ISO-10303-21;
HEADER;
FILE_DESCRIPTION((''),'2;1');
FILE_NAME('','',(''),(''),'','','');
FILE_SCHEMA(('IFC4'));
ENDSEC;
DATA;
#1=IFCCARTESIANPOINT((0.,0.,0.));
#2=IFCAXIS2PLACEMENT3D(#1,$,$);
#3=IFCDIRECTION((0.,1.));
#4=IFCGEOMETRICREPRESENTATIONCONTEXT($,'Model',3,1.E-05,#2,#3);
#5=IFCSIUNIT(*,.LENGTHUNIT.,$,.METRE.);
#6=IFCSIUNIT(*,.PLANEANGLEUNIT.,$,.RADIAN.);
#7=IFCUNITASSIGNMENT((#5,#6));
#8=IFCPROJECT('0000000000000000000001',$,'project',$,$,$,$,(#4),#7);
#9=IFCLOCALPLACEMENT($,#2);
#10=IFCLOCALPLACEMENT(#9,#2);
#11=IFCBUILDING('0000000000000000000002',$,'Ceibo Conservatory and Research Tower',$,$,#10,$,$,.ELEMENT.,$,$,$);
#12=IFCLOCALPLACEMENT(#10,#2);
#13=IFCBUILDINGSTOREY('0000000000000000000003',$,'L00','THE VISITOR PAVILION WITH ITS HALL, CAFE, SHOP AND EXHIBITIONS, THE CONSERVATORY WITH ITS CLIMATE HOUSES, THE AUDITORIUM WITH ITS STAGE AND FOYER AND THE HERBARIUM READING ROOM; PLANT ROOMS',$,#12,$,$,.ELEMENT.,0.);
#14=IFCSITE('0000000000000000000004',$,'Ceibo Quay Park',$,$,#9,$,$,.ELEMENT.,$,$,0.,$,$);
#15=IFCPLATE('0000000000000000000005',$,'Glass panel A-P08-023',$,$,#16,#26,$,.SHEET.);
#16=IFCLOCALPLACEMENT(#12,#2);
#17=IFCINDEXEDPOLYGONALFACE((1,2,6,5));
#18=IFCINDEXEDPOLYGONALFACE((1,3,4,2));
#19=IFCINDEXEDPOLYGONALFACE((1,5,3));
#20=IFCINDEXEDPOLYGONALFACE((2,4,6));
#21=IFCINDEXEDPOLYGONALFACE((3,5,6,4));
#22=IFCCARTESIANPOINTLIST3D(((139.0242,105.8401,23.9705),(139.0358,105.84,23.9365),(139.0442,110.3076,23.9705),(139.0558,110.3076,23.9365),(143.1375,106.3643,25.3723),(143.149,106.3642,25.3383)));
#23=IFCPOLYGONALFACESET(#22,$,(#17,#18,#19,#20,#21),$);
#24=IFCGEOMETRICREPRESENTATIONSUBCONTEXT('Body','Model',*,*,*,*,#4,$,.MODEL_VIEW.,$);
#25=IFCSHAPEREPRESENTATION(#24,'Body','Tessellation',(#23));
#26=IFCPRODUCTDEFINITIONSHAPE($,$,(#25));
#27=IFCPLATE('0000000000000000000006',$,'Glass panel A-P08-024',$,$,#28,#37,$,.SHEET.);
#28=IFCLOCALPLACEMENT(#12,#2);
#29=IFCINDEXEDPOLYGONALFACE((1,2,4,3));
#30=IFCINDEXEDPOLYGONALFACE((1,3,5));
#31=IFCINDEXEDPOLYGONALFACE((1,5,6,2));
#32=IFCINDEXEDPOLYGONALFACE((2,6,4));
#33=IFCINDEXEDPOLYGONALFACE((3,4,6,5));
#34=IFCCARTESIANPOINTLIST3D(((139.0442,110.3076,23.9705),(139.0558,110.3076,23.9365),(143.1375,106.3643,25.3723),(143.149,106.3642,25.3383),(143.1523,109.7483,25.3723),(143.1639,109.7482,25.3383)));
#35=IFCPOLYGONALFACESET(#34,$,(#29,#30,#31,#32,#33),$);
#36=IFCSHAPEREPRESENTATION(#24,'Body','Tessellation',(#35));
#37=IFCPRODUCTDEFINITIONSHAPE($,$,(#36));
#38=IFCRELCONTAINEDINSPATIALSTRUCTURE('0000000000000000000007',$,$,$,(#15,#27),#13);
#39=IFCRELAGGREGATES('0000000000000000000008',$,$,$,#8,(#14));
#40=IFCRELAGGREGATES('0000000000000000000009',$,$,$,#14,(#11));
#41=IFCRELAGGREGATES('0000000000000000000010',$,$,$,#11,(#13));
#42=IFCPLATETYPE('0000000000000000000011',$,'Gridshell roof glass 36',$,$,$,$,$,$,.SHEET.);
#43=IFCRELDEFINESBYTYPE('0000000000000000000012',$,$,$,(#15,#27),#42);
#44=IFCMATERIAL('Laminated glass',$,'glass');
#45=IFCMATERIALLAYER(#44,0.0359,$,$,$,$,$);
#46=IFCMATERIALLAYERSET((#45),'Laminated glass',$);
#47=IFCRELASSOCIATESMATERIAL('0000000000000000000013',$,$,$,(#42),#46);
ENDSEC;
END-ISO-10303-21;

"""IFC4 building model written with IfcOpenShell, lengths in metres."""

from ifc_helpers import new_model, si_unit, direction, frame, origin, place, context, subcontext, project, spatial, polyline, outline, extrude, material, layer, layer_set, type_object, element, save


model = new_model("IFC4")

# Units and contexts
model_context = context("Model", 3, precision=1e-05, world=origin(), true_north=direction((0.0, 1.0)))
body_context = subcontext(model_context, "Body", "Model", "MODEL_VIEW")
ifc_project = project(units=[si_unit("LENGTHUNIT", "METRE"), si_unit("PLANEANGLEUNIT", "RADIAN")], contexts=[model_context])

# Site, building, storey
site_placement = place(None, origin())
site = spatial("IfcSite", under=ifc_project, at=site_placement, Name="Ceibo Quay Park", CompositionType="ELEMENT", RefElevation=0.0)
building_placement = place(site_placement, origin())
building = spatial("IfcBuilding", under=site, at=building_placement, Name="Ceibo Conservatory and Research Tower", CompositionType="ELEMENT")
storey_placement = place(building_placement, origin())
storey = spatial("IfcBuildingStorey", under=building, at=storey_placement, Name="L00", Description="THE VISITOR PAVILION WITH ITS HALL, CAFE, SHOP AND EXHIBITIONS, THE CONSERVATORY WITH ITS CLIMATE HOUSES, THE AUDITORIUM WITH ITS STAGE AND FOYER AND THE HERBARIUM READING ROOM; PLANT ROOMS", CompositionType="ELEMENT", Elevation=0.0)

# Plates
ifc_material_1 = material(Name="Laminated glass", Category="glass")
ifc_layer = layer(ifc_material_1, 0.0359)
ifc_layer_set = layer_set([ifc_layer], Name="Laminated glass")
plate_type = type_object("IfcPlateType", Name="Gridshell roof glass 36", PredefinedType="SHEET", material=ifc_layer_set)
plate_1_placement = place(storey_placement, frame((139.0442, 110.3076, 23.9705), z_axis=(-0.322756, 0.001446, 0.946481), x_axis=(-0.004481, -0.99999, 0.0)))
element("IfcPlate", 1, at=plate_1_placement, inside=storey, type_object=plate_type, Name="Glass panel A-P08-023", PredefinedType="SHEET", context=body_context, shape_type="SweptSolid", body=[
    extrude(outline(polyline([(0.0, 0.0), (4.4676, 0.0), (3.925, 4.3433), (0.0, 0.0)])), origin(), (0.0, 0.0, -1.0), 0.0359),
])
plate_2_placement = place(storey_placement, frame((139.0442, 110.3076, 23.9705), z_axis=(-0.322779, 0.00142, 0.946473), x_axis=(0.699217, -0.67361, 0.239467)))
element("IfcPlate", 2, at=plate_2_placement, inside=storey, type_object=plate_type, Name="Glass panel A-P08-024", PredefinedType="SHEET", context=body_context, shape_type="SweptSolid", body=[
    extrude(outline(polyline([(0.0, 0.0), (5.8541, 0.0), (3.585, 2.5106), (0.0, 0.0)])), origin(), (0.0, 0.0, -1.0), 0.0359),
])

save(model, "model.ifc")
